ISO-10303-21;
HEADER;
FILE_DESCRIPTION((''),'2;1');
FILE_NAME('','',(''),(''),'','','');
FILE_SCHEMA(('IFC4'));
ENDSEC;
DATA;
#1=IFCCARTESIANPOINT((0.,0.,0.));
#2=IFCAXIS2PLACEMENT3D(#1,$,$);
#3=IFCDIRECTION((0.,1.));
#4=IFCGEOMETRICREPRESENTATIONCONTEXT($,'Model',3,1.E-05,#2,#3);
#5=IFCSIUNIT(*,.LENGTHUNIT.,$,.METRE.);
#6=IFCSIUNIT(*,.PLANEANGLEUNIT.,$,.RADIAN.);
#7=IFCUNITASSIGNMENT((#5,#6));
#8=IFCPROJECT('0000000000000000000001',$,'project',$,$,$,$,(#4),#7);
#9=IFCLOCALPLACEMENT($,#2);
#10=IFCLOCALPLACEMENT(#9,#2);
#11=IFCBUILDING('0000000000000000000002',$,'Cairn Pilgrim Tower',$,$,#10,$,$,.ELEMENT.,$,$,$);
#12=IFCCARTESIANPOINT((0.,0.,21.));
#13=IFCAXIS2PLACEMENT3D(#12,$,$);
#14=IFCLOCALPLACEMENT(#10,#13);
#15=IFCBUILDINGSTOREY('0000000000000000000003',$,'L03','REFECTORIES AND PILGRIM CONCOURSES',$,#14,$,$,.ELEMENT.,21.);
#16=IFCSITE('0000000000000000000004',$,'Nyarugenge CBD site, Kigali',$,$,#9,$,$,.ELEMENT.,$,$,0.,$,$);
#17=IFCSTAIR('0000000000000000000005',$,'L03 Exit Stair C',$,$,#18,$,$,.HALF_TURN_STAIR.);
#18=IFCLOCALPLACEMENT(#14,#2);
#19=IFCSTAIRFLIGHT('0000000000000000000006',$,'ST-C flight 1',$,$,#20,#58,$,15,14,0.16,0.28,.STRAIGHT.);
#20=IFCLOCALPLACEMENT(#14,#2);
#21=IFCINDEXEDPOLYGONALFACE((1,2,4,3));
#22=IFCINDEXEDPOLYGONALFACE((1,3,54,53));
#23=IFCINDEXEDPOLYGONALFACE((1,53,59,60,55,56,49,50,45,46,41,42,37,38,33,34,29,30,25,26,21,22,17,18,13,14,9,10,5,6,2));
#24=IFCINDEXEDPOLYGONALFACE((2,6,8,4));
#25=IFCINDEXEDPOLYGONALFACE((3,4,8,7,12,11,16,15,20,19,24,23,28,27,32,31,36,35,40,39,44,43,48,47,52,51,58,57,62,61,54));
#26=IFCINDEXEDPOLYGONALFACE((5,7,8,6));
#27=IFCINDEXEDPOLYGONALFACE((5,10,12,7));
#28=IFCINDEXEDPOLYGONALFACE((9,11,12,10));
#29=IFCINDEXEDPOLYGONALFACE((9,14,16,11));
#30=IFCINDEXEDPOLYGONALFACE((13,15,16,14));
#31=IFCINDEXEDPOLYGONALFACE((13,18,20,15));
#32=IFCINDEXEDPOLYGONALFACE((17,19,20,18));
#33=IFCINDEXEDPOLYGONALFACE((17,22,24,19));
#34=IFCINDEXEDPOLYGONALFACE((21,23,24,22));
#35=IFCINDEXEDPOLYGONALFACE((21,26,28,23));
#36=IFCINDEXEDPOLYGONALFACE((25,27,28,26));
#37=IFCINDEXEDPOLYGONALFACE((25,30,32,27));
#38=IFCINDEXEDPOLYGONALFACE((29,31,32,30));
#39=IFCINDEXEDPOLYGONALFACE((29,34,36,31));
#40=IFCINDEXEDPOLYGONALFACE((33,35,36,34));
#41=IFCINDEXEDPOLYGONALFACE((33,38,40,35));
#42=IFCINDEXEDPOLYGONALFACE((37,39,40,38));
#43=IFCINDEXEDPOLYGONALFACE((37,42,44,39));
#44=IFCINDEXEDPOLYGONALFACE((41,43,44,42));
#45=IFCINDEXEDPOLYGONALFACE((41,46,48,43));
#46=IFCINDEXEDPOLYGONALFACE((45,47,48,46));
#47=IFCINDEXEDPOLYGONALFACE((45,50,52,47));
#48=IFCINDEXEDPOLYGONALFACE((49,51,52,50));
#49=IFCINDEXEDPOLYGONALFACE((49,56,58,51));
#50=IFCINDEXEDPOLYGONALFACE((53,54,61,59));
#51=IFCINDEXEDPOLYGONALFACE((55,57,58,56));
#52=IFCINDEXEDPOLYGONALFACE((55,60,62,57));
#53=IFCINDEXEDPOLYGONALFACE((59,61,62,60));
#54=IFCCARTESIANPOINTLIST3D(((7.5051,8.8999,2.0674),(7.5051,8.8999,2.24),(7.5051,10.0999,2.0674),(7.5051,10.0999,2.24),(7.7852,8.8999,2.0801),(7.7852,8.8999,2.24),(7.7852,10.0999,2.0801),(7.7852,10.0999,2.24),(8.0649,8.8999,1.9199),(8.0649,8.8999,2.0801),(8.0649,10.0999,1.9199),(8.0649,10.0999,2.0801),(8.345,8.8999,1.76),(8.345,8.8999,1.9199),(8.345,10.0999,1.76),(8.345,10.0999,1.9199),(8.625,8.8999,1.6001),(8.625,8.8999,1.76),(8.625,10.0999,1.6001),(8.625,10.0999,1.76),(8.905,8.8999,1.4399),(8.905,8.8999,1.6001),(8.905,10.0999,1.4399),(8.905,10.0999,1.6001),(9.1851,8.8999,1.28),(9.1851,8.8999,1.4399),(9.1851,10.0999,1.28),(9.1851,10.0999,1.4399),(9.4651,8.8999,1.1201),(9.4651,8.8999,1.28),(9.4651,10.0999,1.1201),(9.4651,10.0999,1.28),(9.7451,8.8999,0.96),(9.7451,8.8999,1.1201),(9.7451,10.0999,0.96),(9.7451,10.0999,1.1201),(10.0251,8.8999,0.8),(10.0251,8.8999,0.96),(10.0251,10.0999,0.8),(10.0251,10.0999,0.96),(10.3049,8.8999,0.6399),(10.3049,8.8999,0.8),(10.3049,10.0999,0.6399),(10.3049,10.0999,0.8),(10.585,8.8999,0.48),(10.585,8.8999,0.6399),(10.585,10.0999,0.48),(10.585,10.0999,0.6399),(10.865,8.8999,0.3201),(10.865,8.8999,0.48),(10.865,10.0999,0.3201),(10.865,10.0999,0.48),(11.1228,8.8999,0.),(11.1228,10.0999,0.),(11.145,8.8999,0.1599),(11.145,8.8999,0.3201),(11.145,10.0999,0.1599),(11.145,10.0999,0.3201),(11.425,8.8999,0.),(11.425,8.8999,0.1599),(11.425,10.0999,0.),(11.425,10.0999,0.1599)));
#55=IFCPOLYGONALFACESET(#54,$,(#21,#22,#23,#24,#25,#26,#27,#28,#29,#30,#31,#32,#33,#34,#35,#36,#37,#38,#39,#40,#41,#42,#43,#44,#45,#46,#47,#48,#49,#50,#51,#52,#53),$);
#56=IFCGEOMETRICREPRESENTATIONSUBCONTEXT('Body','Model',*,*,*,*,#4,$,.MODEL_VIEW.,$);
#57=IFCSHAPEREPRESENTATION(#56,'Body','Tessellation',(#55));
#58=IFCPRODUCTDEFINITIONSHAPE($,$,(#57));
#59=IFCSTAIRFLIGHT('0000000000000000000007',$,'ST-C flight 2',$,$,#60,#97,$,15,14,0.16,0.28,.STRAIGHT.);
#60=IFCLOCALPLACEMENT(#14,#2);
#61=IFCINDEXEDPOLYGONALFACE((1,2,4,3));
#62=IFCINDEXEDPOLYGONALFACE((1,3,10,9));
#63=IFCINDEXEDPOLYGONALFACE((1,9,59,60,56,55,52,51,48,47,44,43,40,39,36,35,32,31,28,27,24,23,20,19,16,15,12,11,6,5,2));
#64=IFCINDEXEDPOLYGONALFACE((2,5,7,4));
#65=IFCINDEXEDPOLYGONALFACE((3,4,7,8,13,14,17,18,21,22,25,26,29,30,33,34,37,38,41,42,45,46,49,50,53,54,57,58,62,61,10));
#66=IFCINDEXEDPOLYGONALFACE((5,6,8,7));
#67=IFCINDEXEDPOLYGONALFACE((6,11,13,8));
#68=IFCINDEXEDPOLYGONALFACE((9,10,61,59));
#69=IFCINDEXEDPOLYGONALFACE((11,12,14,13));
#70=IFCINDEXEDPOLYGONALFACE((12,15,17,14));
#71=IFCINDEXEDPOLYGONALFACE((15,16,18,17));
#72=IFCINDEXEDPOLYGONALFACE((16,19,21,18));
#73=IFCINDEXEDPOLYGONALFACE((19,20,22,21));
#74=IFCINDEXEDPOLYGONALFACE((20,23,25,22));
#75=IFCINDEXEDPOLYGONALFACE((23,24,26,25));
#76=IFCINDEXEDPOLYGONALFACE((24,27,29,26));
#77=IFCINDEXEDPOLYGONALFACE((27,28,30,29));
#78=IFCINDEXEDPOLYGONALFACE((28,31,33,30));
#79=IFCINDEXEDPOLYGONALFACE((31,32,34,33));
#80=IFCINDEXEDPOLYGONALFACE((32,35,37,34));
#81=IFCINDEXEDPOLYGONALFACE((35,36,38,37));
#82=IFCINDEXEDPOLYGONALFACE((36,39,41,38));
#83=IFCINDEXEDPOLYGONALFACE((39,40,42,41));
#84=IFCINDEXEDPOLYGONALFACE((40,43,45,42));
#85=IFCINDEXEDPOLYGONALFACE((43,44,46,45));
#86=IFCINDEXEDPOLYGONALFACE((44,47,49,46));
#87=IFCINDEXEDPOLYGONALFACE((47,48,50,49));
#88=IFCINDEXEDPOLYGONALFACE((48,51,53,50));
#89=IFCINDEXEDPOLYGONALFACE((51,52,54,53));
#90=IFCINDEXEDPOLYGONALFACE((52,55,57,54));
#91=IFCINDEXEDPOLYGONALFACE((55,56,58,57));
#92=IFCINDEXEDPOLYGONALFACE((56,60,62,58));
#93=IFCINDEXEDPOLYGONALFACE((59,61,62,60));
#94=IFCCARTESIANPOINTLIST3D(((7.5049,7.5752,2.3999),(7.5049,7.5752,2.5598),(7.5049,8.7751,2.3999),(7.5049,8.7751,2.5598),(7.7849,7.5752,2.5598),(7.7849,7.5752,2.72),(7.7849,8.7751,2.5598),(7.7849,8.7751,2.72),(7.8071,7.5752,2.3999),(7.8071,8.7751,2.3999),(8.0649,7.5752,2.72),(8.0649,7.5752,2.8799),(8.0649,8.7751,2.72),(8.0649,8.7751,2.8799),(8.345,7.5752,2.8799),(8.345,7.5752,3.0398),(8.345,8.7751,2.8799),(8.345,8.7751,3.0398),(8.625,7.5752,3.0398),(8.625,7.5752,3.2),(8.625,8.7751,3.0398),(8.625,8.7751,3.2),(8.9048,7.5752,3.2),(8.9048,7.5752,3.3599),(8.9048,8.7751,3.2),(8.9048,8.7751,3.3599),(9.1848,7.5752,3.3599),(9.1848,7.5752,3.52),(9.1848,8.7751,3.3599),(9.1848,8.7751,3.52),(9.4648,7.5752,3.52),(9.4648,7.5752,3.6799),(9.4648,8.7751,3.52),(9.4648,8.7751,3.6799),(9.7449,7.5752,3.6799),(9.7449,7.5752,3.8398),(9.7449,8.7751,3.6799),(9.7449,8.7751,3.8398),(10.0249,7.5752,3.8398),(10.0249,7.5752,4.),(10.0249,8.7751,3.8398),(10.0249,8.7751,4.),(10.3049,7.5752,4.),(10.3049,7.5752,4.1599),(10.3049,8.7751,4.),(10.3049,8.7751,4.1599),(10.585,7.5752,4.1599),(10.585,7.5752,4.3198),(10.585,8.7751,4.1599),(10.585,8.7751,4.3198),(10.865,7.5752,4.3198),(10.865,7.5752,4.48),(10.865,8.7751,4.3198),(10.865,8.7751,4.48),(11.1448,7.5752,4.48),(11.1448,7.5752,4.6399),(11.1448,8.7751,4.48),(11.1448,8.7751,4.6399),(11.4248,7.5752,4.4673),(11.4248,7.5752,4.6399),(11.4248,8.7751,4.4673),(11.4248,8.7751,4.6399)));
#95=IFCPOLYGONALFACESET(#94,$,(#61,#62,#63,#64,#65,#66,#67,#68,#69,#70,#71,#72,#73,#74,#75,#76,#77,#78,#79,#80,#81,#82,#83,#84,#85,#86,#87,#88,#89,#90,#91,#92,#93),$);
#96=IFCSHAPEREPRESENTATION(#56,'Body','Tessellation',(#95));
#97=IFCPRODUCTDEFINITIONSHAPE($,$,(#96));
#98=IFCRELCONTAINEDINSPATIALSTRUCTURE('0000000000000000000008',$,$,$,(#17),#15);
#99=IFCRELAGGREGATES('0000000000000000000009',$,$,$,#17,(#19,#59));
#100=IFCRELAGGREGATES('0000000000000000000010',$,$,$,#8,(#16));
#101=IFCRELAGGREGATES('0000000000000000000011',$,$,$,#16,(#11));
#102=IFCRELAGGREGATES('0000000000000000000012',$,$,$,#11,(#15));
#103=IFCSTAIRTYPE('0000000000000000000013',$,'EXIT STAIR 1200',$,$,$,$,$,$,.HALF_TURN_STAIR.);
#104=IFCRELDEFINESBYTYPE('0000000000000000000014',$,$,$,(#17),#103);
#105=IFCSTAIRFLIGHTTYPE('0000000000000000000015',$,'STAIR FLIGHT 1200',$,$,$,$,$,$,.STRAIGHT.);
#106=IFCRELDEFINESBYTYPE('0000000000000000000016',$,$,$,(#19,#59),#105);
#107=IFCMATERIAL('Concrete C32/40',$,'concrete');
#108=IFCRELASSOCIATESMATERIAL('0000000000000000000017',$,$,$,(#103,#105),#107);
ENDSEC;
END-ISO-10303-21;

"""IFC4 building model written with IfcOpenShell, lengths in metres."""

from ifc_helpers import new_model, si_unit, direction, frame, origin, place, context, subcontext, project, spatial, polyline, outline, extrude, material, type_object, element, aggregate, save


model = new_model("IFC4")

# Units and contexts
model_context = context("Model", 3, precision=1e-05, world=origin(), true_north=direction((0.0, 1.0)))
body_context = subcontext(model_context, "Body", "Model", "MODEL_VIEW")
ifc_project = project(units=[si_unit("LENGTHUNIT", "METRE"), si_unit("PLANEANGLEUNIT", "RADIAN")], contexts=[model_context])

# Site, building, storey
site_placement = place(None, origin())
site = spatial("IfcSite", under=ifc_project, at=site_placement, Name="Nyarugenge CBD site, Kigali", CompositionType="ELEMENT", RefElevation=0.0)
building_placement = place(site_placement, origin())
building = spatial("IfcBuilding", under=site, at=building_placement, Name="Cairn Pilgrim Tower", CompositionType="ELEMENT")
storey_placement = place(building_placement, frame((0.0, 0.0, 21.0)))
storey = spatial("IfcBuildingStorey", under=building, at=storey_placement, Name="L03", Description="REFECTORIES AND PILGRIM CONCOURSES", CompositionType="ELEMENT", Elevation=21.0)

# Shared definitions
ifc_material_1 = material(Name="Concrete C32/40", Category="concrete")

# Shared definitions
stair_type = type_object("IfcStairType", Name="EXIT STAIR 1200", PredefinedType="HALF_TURN_STAIR", material=ifc_material_1)
stair_flight_type = type_object("IfcStairFlightType", Name="STAIR FLIGHT 1200", PredefinedType="STRAIGHT", material=ifc_material_1)

# Stair, stair flights
stair_1_placement = place(storey_placement, origin())
stair_1 = element("IfcStair", 1, at=stair_1_placement, inside=storey, type_object=stair_type, Name="L03 Exit Stair C", PredefinedType="HALF_TURN_STAIR")
stair_flight_1_placement = place(storey_placement, frame((11.425, 9.5, 0.0), z_axis=(0.0, 0.0, 1.0), x_axis=(-1.0, 0.0, 0.0)))
stair_flight_1 = element("IfcStairFlight", 2, at=stair_flight_1_placement, type_object=stair_flight_type, Name="ST-C flight 1", NumberOfRisers=15, NumberOfTreads=14, PredefinedType="STRAIGHT", RiserHeight=0.16, TreadLength=0.28, context=body_context, shape_type="SweptSolid", body=[
    extrude(outline(polyline([(0.0, 0.0), (0.0, 0.1599), (0.28, 0.1599), (0.28, 0.3201), (0.5601, 0.3201), (0.5601, 0.48), (0.8401, 0.48), (0.8401, 0.6399), (1.1201, 0.6399), (1.1201, 0.8), (1.3999, 0.8), (1.3999, 0.96), (1.6799, 0.96), (1.6799, 1.1201), (1.96, 1.1201), (1.96, 1.28), (2.24, 1.28), (2.24, 1.4399), (2.52, 1.4399), (2.52, 1.6001), (2.8, 1.6001), (2.8, 1.76), (3.0801, 1.76), (3.0801, 1.9199), (3.3601, 1.9199), (3.3601, 2.0801), (3.6399, 2.0801), (3.6399, 2.24), (3.9199, 2.24), (3.9199, 2.3999), (3.9199, 2.0674), (0.3022, 0.0), (0.0, 0.0)])), frame((0.0, 0.6001, 0.0), z_axis=(0.0, -1.0, 0.0), x_axis=(1.0, 0.0, 0.0)), (0.0, 0.0, 1.0), 1.2),
])
stair_flight_2_placement = place(storey_placement, frame((7.5049, 8.175, 2.3999), z_axis=(0.0, 0.0, 1.0), x_axis=(1.0, 0.0, 0.0)))
stair_flight_2 = element("IfcStairFlight", 3, at=stair_flight_2_placement, type_object=stair_flight_type, Name="ST-C flight 2", NumberOfRisers=15, NumberOfTreads=14, PredefinedType="STRAIGHT", RiserHeight=0.16, TreadLength=0.28, context=body_context, shape_type="SweptSolid", body=[
    extrude(outline(polyline([(0.0, 0.0), (0.0, 0.1599), (0.28, 0.1599), (0.28, 0.3201), (0.5601, 0.3201), (0.5601, 0.48), (0.8401, 0.48), (0.8401, 0.6399), (1.1201, 0.6399), (1.1201, 0.8), (1.3999, 0.8), (1.3999, 0.96), (1.6799, 0.96), (1.6799, 1.1201), (1.96, 1.1201), (1.96, 1.28), (2.24, 1.28), (2.24, 1.4399), (2.52, 1.4399), (2.52, 1.6001), (2.8, 1.6001), (2.8, 1.76), (3.0801, 1.76), (3.0801, 1.9199), (3.3601, 1.9199), (3.3601, 2.0801), (3.6399, 2.0801), (3.6399, 2.24), (3.9199, 2.24), (3.9199, 2.3999), (3.9199, 2.0674), (0.3022, 0.0), (0.0, 0.0)])), frame((0.0, 0.6001, 0.0), z_axis=(0.0, -1.0, 0.0), x_axis=(1.0, 0.0, 0.0)), (0.0, 0.0, 1.0), 1.2),
])
aggregate(stair_1, [stair_flight_1, stair_flight_2])

save(model, "model.ifc")
